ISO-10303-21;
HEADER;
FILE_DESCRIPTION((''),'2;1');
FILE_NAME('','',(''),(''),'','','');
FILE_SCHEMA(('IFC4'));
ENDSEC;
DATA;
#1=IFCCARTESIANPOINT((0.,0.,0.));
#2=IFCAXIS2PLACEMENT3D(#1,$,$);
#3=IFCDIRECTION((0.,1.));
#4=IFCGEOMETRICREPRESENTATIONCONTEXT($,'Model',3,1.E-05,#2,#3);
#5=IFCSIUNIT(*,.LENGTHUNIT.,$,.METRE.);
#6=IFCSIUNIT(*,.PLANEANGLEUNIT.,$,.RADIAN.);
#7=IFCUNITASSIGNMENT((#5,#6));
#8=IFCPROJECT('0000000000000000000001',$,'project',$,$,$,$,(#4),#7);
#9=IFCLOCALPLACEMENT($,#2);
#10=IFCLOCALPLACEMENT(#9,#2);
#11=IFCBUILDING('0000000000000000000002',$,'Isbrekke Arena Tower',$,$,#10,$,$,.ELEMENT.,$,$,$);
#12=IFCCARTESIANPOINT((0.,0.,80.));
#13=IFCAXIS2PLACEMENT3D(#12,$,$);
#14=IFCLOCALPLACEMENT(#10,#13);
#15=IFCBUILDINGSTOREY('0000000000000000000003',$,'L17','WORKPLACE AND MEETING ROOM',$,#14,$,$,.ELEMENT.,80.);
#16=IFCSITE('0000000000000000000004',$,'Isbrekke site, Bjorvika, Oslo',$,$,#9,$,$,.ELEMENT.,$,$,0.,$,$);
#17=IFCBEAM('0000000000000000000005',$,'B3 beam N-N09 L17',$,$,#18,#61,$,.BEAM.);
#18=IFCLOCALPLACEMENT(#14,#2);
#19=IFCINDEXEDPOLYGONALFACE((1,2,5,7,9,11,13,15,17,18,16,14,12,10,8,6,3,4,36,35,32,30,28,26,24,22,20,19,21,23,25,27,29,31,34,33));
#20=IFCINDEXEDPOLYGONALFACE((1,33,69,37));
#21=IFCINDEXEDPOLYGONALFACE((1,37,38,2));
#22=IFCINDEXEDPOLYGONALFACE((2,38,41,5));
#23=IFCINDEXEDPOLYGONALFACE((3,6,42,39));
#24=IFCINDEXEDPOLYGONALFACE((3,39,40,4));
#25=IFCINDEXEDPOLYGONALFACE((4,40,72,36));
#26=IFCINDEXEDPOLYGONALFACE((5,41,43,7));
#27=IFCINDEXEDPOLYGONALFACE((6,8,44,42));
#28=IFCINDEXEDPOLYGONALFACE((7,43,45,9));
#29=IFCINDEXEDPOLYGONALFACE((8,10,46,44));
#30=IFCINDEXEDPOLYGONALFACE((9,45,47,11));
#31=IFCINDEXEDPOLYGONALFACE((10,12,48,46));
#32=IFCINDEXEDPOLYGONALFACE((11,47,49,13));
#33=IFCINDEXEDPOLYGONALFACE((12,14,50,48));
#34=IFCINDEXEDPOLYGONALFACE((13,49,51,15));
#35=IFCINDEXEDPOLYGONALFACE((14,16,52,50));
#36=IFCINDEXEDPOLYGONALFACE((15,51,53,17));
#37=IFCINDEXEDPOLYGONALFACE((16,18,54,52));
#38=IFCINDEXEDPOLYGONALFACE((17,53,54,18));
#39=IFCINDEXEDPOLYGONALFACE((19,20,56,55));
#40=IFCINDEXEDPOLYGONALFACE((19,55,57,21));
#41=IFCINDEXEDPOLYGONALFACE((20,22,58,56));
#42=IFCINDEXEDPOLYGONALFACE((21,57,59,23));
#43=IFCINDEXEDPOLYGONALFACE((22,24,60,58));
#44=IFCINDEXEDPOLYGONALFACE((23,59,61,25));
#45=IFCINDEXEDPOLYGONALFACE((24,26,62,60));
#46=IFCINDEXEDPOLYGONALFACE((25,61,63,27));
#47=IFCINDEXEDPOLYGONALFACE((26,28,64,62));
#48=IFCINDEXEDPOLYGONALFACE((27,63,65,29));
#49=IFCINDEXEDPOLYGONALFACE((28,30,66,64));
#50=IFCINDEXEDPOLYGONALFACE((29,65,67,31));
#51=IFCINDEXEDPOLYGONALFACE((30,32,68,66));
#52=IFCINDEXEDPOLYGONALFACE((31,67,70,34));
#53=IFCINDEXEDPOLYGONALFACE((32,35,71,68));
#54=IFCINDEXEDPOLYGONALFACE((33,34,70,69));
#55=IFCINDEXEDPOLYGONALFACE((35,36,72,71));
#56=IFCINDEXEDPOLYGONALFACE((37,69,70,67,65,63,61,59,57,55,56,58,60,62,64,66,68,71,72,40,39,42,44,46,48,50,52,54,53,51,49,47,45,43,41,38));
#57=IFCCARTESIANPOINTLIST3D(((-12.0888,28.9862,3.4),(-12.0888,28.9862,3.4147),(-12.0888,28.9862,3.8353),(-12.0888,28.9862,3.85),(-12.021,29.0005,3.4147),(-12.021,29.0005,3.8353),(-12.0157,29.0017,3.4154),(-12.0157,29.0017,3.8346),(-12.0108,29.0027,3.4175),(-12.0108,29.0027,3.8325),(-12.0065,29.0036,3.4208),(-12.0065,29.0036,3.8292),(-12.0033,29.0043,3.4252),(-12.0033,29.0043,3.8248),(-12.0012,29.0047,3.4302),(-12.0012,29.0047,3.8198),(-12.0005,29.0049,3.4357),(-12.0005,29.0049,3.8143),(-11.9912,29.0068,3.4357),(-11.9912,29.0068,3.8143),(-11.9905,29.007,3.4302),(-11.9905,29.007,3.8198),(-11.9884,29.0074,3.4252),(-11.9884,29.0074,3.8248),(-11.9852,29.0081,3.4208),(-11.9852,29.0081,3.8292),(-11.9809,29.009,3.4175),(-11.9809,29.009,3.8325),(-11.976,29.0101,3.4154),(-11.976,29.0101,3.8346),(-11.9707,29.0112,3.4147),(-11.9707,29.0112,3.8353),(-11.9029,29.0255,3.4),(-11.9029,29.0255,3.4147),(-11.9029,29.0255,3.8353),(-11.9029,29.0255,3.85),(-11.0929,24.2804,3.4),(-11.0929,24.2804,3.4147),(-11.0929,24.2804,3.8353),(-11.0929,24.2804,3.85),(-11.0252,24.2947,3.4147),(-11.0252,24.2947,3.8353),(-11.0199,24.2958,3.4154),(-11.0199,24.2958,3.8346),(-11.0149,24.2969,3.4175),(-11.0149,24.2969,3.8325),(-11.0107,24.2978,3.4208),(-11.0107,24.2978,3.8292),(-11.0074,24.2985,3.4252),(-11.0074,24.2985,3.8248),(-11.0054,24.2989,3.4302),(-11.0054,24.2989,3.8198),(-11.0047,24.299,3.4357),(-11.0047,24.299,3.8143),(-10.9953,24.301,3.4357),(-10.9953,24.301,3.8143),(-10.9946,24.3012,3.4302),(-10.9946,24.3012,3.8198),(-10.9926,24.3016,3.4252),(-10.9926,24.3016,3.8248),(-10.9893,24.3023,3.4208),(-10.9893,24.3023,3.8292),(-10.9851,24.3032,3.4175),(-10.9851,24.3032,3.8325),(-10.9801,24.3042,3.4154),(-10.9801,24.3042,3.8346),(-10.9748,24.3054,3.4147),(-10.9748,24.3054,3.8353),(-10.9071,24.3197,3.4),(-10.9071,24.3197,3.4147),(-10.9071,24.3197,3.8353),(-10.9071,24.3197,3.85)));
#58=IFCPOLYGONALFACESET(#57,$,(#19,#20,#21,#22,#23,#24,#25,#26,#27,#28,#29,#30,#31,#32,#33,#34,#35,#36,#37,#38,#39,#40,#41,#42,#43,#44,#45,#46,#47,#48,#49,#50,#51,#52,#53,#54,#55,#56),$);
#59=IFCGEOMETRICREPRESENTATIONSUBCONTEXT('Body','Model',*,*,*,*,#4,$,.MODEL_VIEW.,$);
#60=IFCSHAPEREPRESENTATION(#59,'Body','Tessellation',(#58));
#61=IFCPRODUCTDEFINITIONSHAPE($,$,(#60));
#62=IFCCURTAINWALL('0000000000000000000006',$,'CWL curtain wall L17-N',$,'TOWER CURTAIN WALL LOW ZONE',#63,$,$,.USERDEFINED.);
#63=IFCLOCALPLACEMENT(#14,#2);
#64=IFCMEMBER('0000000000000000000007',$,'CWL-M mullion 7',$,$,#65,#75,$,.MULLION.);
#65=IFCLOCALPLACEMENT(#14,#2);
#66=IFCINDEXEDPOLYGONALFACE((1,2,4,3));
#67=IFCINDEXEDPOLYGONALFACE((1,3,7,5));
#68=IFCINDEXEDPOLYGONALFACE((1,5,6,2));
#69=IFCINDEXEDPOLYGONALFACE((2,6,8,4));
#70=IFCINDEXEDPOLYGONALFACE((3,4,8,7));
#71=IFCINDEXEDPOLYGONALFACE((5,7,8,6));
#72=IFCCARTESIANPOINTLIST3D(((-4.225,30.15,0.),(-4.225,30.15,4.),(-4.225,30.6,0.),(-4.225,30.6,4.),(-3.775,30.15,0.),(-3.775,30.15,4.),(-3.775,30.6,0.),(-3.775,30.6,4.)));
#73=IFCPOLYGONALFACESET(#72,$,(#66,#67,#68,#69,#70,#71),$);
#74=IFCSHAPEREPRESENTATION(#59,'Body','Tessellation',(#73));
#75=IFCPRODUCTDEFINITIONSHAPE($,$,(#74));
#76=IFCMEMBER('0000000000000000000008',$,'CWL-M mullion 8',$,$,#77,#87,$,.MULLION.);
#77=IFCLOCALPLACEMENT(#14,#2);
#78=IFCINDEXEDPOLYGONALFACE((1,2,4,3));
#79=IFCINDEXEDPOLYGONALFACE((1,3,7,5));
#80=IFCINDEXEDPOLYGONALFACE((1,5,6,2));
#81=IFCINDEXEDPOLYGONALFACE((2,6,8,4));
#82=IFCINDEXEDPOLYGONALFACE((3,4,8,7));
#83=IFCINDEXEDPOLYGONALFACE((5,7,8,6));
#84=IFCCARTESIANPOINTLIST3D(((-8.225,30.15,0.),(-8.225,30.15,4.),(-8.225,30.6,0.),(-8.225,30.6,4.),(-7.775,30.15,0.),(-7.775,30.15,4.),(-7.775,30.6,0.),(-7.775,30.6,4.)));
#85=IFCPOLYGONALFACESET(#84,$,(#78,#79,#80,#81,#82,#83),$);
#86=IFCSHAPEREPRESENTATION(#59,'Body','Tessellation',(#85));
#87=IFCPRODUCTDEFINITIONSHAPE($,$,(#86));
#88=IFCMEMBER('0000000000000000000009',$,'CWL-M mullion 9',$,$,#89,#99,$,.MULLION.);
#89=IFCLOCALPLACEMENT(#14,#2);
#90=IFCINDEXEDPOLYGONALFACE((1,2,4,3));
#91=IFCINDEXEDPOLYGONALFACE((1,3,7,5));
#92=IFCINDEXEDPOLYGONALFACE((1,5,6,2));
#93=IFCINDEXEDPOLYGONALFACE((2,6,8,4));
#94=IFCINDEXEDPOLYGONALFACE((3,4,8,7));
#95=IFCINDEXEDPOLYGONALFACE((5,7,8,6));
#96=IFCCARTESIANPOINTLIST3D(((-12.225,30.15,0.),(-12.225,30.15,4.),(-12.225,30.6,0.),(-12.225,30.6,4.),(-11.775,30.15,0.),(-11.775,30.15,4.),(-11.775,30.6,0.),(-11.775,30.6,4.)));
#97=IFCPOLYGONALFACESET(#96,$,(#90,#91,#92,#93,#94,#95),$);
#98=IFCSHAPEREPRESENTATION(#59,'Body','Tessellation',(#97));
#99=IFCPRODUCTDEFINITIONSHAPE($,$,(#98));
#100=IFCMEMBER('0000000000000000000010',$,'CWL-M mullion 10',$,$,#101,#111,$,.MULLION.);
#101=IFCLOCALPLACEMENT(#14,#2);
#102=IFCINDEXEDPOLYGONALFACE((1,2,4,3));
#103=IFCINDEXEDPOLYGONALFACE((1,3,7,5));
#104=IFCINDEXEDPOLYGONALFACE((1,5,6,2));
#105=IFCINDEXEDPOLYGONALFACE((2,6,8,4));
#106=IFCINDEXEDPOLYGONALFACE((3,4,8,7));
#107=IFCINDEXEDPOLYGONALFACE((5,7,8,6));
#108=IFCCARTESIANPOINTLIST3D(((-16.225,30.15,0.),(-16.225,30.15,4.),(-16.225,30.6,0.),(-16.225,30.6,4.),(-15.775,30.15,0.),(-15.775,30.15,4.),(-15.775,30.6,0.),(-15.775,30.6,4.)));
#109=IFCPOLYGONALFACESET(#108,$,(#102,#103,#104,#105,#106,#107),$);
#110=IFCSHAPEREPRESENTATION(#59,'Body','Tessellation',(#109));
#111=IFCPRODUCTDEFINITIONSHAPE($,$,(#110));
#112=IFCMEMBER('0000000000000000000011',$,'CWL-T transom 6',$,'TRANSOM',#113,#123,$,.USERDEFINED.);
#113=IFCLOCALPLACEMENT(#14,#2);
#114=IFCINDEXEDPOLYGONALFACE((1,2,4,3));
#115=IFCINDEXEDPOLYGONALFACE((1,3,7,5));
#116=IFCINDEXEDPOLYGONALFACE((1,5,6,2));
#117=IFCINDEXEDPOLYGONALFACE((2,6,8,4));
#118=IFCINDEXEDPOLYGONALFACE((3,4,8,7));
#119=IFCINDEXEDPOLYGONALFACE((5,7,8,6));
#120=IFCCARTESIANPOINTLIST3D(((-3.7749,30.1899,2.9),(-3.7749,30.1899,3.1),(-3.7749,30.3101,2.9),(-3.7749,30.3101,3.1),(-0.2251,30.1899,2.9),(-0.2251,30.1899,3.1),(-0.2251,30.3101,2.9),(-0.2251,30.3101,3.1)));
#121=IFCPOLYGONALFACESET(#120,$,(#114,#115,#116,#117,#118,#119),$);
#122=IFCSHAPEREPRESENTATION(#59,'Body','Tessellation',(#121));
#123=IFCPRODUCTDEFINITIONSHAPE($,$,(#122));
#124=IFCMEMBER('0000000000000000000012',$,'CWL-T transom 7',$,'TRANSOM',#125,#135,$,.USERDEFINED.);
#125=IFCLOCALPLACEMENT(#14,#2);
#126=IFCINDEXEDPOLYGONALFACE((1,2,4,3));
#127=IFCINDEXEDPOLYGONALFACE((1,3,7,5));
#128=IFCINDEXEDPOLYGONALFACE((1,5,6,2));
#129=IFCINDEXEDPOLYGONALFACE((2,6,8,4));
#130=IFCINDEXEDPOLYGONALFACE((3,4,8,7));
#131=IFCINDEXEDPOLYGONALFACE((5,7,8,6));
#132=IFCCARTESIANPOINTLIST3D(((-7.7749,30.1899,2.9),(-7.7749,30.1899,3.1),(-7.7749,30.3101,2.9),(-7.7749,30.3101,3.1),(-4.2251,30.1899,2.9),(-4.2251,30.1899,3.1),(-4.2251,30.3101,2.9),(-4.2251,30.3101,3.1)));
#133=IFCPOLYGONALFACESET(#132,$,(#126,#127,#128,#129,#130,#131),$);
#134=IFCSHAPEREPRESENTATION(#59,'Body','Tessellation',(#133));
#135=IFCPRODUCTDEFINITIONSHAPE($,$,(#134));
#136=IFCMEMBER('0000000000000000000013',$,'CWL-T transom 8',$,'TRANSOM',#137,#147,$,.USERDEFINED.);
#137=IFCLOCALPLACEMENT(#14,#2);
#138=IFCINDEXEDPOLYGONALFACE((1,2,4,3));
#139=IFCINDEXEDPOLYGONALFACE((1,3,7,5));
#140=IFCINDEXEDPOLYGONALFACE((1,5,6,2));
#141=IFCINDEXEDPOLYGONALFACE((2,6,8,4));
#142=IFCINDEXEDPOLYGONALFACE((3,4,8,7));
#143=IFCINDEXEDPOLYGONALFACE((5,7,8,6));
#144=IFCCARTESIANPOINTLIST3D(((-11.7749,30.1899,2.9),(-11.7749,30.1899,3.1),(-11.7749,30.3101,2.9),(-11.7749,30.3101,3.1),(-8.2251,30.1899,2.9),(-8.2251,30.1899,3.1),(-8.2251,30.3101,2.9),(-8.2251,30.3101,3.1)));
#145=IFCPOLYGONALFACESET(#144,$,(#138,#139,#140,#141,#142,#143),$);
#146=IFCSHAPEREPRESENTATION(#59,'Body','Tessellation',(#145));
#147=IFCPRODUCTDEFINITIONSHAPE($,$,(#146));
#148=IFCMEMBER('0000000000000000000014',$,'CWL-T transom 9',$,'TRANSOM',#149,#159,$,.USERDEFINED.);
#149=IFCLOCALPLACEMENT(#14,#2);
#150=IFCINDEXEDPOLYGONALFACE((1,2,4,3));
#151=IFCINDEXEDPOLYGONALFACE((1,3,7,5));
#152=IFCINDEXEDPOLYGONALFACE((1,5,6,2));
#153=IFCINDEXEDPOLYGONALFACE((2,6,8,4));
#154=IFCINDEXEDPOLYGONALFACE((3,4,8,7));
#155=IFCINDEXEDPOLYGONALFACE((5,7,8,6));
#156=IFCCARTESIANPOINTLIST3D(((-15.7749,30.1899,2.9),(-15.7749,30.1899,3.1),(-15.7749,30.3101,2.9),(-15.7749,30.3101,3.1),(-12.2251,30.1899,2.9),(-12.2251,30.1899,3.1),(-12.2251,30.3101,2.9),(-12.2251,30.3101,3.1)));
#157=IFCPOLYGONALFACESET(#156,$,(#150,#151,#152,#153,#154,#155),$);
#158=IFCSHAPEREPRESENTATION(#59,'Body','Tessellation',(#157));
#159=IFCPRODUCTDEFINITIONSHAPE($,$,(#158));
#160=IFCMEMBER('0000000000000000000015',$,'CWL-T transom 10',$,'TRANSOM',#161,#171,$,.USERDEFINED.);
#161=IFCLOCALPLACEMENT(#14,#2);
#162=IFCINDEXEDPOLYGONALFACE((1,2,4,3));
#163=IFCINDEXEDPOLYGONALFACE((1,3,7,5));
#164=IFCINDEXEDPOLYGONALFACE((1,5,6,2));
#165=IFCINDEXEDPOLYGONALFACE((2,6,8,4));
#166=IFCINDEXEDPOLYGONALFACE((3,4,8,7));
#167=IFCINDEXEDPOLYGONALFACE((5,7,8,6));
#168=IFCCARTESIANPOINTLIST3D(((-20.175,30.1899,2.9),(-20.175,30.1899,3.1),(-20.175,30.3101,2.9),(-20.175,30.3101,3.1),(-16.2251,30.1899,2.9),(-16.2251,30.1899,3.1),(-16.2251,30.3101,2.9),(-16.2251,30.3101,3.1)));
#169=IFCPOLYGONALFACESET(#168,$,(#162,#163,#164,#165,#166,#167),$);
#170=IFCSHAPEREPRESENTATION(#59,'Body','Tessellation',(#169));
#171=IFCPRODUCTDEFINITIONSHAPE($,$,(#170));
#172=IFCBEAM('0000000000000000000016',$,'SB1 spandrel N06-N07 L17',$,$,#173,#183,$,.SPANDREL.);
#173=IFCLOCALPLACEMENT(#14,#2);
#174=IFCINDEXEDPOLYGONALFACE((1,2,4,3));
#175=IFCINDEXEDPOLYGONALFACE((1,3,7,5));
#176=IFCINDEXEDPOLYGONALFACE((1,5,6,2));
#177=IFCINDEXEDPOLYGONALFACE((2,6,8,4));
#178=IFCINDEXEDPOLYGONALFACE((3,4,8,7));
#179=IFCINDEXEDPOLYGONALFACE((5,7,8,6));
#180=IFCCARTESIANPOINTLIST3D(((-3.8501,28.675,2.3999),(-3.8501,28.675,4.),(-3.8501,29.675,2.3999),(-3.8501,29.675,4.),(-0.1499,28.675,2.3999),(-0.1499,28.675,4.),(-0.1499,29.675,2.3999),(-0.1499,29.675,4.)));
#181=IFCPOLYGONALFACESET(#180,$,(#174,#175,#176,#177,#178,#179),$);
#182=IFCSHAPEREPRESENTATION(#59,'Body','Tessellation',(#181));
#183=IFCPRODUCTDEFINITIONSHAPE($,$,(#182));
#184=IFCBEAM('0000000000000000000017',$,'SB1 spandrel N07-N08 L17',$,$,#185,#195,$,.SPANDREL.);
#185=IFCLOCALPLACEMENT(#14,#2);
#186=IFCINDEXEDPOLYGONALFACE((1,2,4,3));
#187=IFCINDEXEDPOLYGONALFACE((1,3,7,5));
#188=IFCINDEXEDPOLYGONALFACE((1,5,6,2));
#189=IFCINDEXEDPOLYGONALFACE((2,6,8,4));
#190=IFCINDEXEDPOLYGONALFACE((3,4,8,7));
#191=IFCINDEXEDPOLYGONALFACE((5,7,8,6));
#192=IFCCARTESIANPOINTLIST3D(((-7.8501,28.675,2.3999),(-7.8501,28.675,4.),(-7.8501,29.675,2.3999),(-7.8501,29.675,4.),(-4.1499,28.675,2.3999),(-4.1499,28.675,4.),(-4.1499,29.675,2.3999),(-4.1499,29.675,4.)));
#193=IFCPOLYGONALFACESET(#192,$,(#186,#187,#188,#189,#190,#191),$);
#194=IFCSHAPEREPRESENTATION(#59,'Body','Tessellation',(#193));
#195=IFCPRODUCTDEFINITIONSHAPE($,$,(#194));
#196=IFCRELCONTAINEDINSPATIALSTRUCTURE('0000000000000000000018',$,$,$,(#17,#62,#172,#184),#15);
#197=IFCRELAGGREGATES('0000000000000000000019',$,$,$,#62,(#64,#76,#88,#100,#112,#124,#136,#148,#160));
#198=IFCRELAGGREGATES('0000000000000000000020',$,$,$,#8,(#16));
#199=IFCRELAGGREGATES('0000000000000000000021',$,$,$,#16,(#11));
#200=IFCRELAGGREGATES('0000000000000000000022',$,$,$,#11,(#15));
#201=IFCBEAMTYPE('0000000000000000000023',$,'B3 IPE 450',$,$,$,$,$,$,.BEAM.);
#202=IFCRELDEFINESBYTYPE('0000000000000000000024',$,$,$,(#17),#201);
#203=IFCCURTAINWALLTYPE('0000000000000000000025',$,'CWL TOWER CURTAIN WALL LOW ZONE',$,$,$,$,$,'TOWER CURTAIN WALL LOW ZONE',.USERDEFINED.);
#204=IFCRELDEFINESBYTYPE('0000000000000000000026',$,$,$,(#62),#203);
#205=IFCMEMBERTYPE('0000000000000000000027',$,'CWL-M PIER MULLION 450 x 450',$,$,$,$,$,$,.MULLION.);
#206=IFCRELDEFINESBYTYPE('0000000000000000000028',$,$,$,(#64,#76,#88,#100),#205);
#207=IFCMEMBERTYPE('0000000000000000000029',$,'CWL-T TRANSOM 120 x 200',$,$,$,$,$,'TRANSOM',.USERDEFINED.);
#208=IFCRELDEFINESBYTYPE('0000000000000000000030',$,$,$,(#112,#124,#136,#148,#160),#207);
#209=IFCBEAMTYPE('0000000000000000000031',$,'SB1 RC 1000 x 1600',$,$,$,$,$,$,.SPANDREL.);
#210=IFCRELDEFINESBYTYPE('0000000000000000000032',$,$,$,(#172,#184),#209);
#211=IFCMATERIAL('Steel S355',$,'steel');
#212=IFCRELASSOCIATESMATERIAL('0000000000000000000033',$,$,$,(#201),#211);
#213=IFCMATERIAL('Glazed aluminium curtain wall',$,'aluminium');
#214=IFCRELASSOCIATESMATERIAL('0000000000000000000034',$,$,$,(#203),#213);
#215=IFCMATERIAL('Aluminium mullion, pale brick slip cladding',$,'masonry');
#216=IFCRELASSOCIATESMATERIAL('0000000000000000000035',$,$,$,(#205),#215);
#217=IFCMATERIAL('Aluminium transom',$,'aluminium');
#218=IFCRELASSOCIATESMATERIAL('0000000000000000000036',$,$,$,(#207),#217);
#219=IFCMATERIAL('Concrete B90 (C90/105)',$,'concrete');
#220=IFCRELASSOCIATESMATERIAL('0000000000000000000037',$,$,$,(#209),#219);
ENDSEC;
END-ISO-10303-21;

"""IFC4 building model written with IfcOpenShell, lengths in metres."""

from ifc_helpers import new_model, si_unit, direction, frame, origin, origin_2d, place, context, subcontext, project, spatial, rectangle, i_section, extrude, material, material_profile, profile_set, type_object, element, aggregate, save


model = new_model("IFC4")

# Units and contexts
model_context = context("Model", 3, precision=1e-05, world=origin(), true_north=direction((0.0, 1.0)))
body_context = subcontext(model_context, "Body", "Model", "MODEL_VIEW")
ifc_project = project(units=[si_unit("LENGTHUNIT", "METRE"), si_unit("PLANEANGLEUNIT", "RADIAN")], contexts=[model_context])

# Site, building, storey
site_placement = place(None, origin())
site = spatial("IfcSite", under=ifc_project, at=site_placement, Name="Isbrekke site, Bjorvika, Oslo", CompositionType="ELEMENT", RefElevation=0.0)
building_placement = place(site_placement, origin())
building = spatial("IfcBuilding", under=site, at=building_placement, Name="Isbrekke Arena Tower", CompositionType="ELEMENT")
storey_placement = place(building_placement, frame((0.0, 0.0, 80.0)))
storey = spatial("IfcBuildingStorey", under=building, at=storey_placement, Name="L17", Description="WORKPLACE AND MEETING ROOM", CompositionType="ELEMENT", Elevation=80.0)

# Beam
ifc_material_1 = material(Name="Steel S355", Category="steel")
ifc_material_profile_1 = material_profile(ifc_material_1, i_section(OverallWidth=0.1899, OverallDepth=0.45, WebThickness=0.0095, FlangeThickness=0.0146, FilletRadius=0.021, at=origin_2d()), Name="IPE 450")
ifc_profile_set_1 = profile_set([ifc_material_profile_1], Name="Steel S355")
beam_type_1 = type_object("IfcBeamType", Name="B3 IPE 450", PredefinedType="BEAM", material=ifc_profile_set_1)
beam_1_placement = place(storey_placement, frame((-11.9958, 29.0059, 3.625), z_axis=(0.207036, -0.978333, 0.0), x_axis=(0.978333, 0.207036, 0.0)))
element("IfcBeam", 1, at=beam_1_placement, inside=storey, type_object=beam_type_1, Name="B3 beam N-N09 L17", PredefinedType="BEAM", context=body_context, shape_type="SweptSolid", body=[
    extrude(i_section(OverallWidth=0.1899, OverallDepth=0.45, WebThickness=0.0095, FlangeThickness=0.0146, FilletRadius=0.021, at=origin_2d()), origin(), (0.0, 0.0, 1.0), 4.8101),
])

# Curtain wall, members
ifc_material_2 = material(Name="Glazed aluminium curtain wall", Category="aluminium")
curtain_wall_type = type_object("IfcCurtainWallType", Name="CWL TOWER CURTAIN WALL LOW ZONE", ElementType="TOWER CURTAIN WALL LOW ZONE", PredefinedType="USERDEFINED", material=ifc_material_2)
curtain_wall_placement = place(storey_placement, origin())
curtain_wall = element("IfcCurtainWall", 2, at=curtain_wall_placement, inside=storey, type_object=curtain_wall_type, Name="CWL curtain wall L17-N", ObjectType="TOWER CURTAIN WALL LOW ZONE", PredefinedType="USERDEFINED")
ifc_material_3 = material(Name="Aluminium mullion, pale brick slip cladding", Category="masonry")
ifc_material_profile_2 = material_profile(ifc_material_3, rectangle(XDim=0.45, YDim=0.45, at=origin_2d()), Name="PIER 450X450")
ifc_profile_set_2 = profile_set([ifc_material_profile_2], Name="Aluminium mullion, pale brick slip cladding")
member_type_1 = type_object("IfcMemberType", Name="CWL-M PIER MULLION 450 x 450", PredefinedType="MULLION", material=ifc_profile_set_2)
member_1_placement = place(storey_placement, frame((-4.0, 30.375, 0.0), z_axis=(0.0, 0.0, 1.0), x_axis=(-1.0, 0.0, 0.0)))
member_1 = element("IfcMember", 3, at=member_1_placement, type_object=member_type_1, Name="CWL-M mullion 7", PredefinedType="MULLION", context=body_context, shape_type="SweptSolid", body=[
    extrude(rectangle(XDim=0.45, YDim=0.45, at=origin_2d()), origin(), (0.0, 0.0, 1.0), 4.0),
])
member_2_placement = place(storey_placement, frame((-8.0, 30.375, 0.0), z_axis=(0.0, 0.0, 1.0), x_axis=(-1.0, 0.0, 0.0)))
member_2 = element("IfcMember", 4, at=member_2_placement, type_object=member_type_1, Name="CWL-M mullion 8", PredefinedType="MULLION", context=body_context, shape_type="SweptSolid", body=[
    extrude(rectangle(XDim=0.45, YDim=0.45, at=origin_2d()), origin(), (0.0, 0.0, 1.0), 4.0),
])
member_3_placement = place(storey_placement, frame((-12.0, 30.375, 0.0), z_axis=(0.0, 0.0, 1.0), x_axis=(-1.0, 0.0, 0.0)))
member_3 = element("IfcMember", 5, at=member_3_placement, type_object=member_type_1, Name="CWL-M mullion 9", PredefinedType="MULLION", context=body_context, shape_type="SweptSolid", body=[
    extrude(rectangle(XDim=0.45, YDim=0.45, at=origin_2d()), origin(), (0.0, 0.0, 1.0), 4.0),
])
member_4_placement = place(storey_placement, frame((-16.0, 30.375, 0.0), z_axis=(0.0, 0.0, 1.0), x_axis=(-1.0, 0.0, 0.0)))
member_4 = element("IfcMember", 6, at=member_4_placement, type_object=member_type_1, Name="CWL-M mullion 10", PredefinedType="MULLION", context=body_context, shape_type="SweptSolid", body=[
    extrude(rectangle(XDim=0.45, YDim=0.45, at=origin_2d()), origin(), (0.0, 0.0, 1.0), 4.0),
])
ifc_material_4 = material(Name="Aluminium transom", Category="aluminium")
ifc_material_profile_3 = material_profile(ifc_material_4, rectangle(XDim=0.1201, YDim=0.2, at=origin_2d()), Name="TRANSOM 120X200")
ifc_profile_set_3 = profile_set([ifc_material_profile_3], Name="Aluminium transom")
member_type_2 = type_object("IfcMemberType", Name="CWL-T TRANSOM 120 x 200", ElementType="TRANSOM", PredefinedType="USERDEFINED", material=ifc_profile_set_3)
member_5_placement = place(storey_placement, frame((-0.2251, 30.25, 3.0), z_axis=(-1.0, 0.0, 0.0), x_axis=(0.0, -1.0, 0.0)))
member_5 = element("IfcMember", 7, at=member_5_placement, type_object=member_type_2, Name="CWL-T transom 6", ObjectType="TRANSOM", PredefinedType="USERDEFINED", context=body_context, shape_type="SweptSolid", body=[
    extrude(rectangle(XDim=0.1201, YDim=0.2, at=origin_2d()), origin(), (0.0, 0.0, 1.0), 3.5498),
])
member_6_placement = place(storey_placement, frame((-4.2251, 30.25, 3.0), z_axis=(-1.0, 0.0, 0.0), x_axis=(0.0, -1.0, 0.0)))
member_6 = element("IfcMember", 8, at=member_6_placement, type_object=member_type_2, Name="CWL-T transom 7", ObjectType="TRANSOM", PredefinedType="USERDEFINED", context=body_context, shape_type="SweptSolid", body=[
    extrude(rectangle(XDim=0.1201, YDim=0.2, at=origin_2d()), origin(), (0.0, 0.0, 1.0), 3.5498),
])
member_7_placement = place(storey_placement, frame((-8.2251, 30.25, 3.0), z_axis=(-1.0, 0.0, 0.0), x_axis=(0.0, -1.0, 0.0)))
member_7 = element("IfcMember", 9, at=member_7_placement, type_object=member_type_2, Name="CWL-T transom 8", ObjectType="TRANSOM", PredefinedType="USERDEFINED", context=body_context, shape_type="SweptSolid", body=[
    extrude(rectangle(XDim=0.1201, YDim=0.2, at=origin_2d()), origin(), (0.0, 0.0, 1.0), 3.5498),
])
member_8_placement = place(storey_placement, frame((-12.2251, 30.25, 3.0), z_axis=(-1.0, 0.0, 0.0), x_axis=(0.0, -1.0, 0.0)))
member_8 = element("IfcMember", 10, at=member_8_placement, type_object=member_type_2, Name="CWL-T transom 9", ObjectType="TRANSOM", PredefinedType="USERDEFINED", context=body_context, shape_type="SweptSolid", body=[
    extrude(rectangle(XDim=0.1201, YDim=0.2, at=origin_2d()), origin(), (0.0, 0.0, 1.0), 3.5498),
])
member_9_placement = place(storey_placement, frame((-16.2251, 30.25, 3.0), z_axis=(-1.0, 0.0, 0.0), x_axis=(0.0, -1.0, 0.0)))
member_9 = element("IfcMember", 11, at=member_9_placement, type_object=member_type_2, Name="CWL-T transom 10", ObjectType="TRANSOM", PredefinedType="USERDEFINED", context=body_context, shape_type="SweptSolid", body=[
    extrude(rectangle(XDim=0.1201, YDim=0.2, at=origin_2d()), origin(), (0.0, 0.0, 1.0), 3.95),
])

# Beams
ifc_material_5 = material(Name="Concrete B90 (C90/105)", Category="concrete")
ifc_material_profile_4 = material_profile(ifc_material_5, rectangle(XDim=1.0, YDim=1.6001, at=origin_2d()), Name="RC 1000x1600")
ifc_profile_set_4 = profile_set([ifc_material_profile_4], Name="Concrete B90 (C90/105)")
beam_type_2 = type_object("IfcBeamType", Name="SB1 RC 1000 x 1600", PredefinedType="SPANDREL", material=ifc_profile_set_4)
for number, where, z_axis, x_axis, name in (
    (12, (-0.1499, 29.175, 3.2), (-1.0, 0.0, 0.0), (0.0, -1.0, 0.0), "SB1 spandrel N06-N07 L17"),
    (13, (-4.1499, 29.175, 3.2), (-1.0, 0.0, 0.0), (0.0, -1.0, 0.0), "SB1 spandrel N07-N08 L17"),
):
    element("IfcBeam", number, at=place(storey_placement, frame(where, z_axis=z_axis, x_axis=x_axis)), inside=storey, type_object=beam_type_2, Name=name, PredefinedType="SPANDREL", context=body_context, shape_type="SweptSolid", body=[
        extrude(rectangle(XDim=1.0, YDim=1.6001, at=origin_2d()), origin(), (0.0, 0.0, 1.0), 3.7002),
    ])

aggregate(curtain_wall, [member_1, member_2, member_3, member_4, member_5, member_6, member_7, member_8, member_9])

save(model, "model.ifc")
